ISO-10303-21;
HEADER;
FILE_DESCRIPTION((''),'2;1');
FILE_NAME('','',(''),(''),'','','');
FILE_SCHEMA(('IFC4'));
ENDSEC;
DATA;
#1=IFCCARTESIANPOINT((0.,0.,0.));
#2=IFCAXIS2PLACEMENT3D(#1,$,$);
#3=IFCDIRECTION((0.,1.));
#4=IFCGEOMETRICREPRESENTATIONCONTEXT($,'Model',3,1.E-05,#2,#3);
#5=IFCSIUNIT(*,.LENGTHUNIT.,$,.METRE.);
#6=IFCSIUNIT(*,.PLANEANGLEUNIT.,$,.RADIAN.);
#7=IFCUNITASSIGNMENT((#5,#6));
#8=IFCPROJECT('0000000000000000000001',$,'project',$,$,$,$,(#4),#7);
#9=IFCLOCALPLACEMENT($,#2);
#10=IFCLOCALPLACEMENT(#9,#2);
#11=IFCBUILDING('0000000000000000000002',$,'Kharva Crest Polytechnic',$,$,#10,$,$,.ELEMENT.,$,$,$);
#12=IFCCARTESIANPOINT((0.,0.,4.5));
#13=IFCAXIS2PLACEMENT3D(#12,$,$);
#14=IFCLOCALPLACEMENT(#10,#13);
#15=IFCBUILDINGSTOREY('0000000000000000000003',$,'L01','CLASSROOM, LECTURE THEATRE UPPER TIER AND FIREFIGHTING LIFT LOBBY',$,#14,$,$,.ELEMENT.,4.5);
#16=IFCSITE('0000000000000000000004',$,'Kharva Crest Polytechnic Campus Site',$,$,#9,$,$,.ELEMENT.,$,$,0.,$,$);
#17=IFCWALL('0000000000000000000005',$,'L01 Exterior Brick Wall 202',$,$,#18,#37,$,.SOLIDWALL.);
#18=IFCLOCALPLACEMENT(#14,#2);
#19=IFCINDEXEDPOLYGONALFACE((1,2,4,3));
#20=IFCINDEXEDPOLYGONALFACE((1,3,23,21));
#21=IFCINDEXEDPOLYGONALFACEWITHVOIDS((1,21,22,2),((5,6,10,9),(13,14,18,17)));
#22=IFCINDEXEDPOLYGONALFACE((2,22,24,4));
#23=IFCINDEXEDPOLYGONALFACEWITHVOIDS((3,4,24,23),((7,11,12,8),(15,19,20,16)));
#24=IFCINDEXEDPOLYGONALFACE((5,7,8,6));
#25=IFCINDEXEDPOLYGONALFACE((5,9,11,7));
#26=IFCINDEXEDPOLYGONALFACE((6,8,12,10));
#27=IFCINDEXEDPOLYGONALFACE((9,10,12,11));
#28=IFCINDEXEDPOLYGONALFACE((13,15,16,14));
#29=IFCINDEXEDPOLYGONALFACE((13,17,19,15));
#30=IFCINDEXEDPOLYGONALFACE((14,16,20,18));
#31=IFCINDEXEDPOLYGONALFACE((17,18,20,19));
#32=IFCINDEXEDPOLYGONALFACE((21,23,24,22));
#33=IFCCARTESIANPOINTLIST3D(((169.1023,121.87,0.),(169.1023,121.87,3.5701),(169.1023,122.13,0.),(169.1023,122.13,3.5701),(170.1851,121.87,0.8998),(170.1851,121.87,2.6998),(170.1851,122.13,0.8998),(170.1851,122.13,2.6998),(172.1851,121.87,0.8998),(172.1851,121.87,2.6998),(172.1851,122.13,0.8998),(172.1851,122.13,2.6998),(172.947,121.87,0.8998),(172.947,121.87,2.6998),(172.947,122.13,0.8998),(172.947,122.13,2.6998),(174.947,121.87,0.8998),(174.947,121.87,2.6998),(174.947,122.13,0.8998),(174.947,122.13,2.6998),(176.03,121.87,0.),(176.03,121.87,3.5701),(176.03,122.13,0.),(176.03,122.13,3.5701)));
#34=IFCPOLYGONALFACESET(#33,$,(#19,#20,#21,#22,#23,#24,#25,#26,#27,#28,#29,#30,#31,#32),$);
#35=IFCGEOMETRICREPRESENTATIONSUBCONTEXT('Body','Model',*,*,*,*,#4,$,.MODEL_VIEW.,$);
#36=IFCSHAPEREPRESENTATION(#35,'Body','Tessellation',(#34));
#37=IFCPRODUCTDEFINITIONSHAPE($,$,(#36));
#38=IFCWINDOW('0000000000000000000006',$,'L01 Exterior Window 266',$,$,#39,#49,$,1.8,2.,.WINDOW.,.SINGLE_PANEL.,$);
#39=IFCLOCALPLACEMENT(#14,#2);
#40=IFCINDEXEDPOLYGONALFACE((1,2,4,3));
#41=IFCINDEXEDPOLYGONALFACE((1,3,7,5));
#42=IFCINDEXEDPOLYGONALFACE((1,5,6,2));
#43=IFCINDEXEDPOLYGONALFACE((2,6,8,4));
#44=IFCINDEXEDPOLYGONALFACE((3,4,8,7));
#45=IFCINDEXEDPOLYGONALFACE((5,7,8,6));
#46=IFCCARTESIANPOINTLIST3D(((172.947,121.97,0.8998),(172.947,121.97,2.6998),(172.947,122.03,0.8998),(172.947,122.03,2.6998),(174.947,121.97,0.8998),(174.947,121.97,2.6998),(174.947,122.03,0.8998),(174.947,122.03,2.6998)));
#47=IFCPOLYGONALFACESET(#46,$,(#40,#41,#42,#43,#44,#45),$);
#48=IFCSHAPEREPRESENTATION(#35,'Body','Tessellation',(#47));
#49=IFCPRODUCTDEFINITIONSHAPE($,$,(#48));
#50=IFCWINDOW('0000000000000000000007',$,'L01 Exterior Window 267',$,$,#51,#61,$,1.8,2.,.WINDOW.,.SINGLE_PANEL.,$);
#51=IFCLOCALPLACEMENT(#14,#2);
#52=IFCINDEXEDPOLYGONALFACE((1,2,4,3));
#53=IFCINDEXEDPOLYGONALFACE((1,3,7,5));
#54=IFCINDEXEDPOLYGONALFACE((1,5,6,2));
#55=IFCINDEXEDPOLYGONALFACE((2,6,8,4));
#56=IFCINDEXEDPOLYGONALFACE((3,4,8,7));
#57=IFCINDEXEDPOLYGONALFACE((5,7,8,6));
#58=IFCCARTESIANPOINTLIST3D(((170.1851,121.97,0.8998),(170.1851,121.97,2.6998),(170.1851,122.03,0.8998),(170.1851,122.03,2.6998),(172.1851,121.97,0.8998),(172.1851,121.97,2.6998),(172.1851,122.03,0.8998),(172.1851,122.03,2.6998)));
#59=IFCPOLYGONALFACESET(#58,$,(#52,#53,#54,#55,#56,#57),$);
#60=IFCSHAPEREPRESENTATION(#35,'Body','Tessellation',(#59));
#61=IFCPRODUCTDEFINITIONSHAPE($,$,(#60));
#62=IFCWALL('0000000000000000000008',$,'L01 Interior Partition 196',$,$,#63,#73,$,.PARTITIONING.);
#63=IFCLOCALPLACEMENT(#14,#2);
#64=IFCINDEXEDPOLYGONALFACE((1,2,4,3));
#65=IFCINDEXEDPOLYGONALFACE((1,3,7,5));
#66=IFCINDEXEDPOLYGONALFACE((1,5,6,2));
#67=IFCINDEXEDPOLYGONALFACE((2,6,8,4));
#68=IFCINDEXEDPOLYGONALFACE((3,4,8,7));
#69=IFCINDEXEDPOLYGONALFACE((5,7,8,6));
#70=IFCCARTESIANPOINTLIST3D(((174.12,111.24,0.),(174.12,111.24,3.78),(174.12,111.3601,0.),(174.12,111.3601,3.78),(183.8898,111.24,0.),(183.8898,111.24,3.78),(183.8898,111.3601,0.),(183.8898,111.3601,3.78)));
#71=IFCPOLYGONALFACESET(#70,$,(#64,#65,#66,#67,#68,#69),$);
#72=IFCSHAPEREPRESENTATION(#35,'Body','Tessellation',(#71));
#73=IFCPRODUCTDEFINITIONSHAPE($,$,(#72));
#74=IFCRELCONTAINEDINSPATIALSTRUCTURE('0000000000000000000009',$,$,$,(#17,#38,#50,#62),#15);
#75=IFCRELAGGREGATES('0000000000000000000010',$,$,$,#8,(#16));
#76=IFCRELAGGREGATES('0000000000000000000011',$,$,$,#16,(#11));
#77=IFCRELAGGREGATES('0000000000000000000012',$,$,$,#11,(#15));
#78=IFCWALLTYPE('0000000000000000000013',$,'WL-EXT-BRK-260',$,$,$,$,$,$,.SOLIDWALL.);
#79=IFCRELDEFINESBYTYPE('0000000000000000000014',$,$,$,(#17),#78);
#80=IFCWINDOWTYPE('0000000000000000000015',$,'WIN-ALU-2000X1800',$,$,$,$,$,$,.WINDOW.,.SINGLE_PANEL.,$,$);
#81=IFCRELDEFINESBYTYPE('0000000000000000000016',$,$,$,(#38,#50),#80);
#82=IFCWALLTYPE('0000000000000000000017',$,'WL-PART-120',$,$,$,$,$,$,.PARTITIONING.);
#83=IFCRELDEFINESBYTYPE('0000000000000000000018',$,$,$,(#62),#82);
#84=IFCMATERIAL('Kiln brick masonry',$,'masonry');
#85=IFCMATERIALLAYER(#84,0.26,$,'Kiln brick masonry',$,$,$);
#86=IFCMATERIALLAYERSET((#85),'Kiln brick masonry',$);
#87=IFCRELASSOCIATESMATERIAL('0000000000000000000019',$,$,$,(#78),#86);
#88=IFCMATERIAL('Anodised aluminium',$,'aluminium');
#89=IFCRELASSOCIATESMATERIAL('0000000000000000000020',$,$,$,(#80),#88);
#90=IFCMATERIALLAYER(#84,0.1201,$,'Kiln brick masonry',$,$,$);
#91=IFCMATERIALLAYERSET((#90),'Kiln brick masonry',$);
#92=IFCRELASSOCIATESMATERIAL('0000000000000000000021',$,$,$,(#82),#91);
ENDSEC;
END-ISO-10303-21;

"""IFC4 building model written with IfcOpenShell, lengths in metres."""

from ifc_helpers import new_model, si_unit, direction, frame, frame_2d, origin, place, context, subcontext, project, spatial, rectangle, extrude, material, layer, layer_set, type_object, element, fill, save


model = new_model("IFC4")

# Units and contexts
model_context = context("Model", 3, precision=1e-05, world=origin(), true_north=direction((0.0, 1.0)))
body_context = subcontext(model_context, "Body", "Model", "MODEL_VIEW")
ifc_project = project(units=[si_unit("LENGTHUNIT", "METRE"), si_unit("PLANEANGLEUNIT", "RADIAN")], contexts=[model_context])

# Site, building, storey
site_placement = place(None, origin())
site = spatial("IfcSite", under=ifc_project, at=site_placement, Name="Kharva Crest Polytechnic Campus Site", CompositionType="ELEMENT", RefElevation=0.0)
building_placement = place(site_placement, origin())
building = spatial("IfcBuilding", under=site, at=building_placement, Name="Kharva Crest Polytechnic", CompositionType="ELEMENT")
storey_placement = place(building_placement, frame((0.0, 0.0, 4.5)))
storey = spatial("IfcBuildingStorey", under=building, at=storey_placement, Name="L01", Description="CLASSROOM, LECTURE THEATRE UPPER TIER AND FIREFIGHTING LIFT LOBBY", CompositionType="ELEMENT", Elevation=4.5)

# Wall, openings, windows
ifc_material_1 = material(Name="Kiln brick masonry", Category="masonry")
ifc_layer_1 = layer(ifc_material_1, 0.26, Name="Kiln brick masonry")
ifc_layer_set_1 = layer_set([ifc_layer_1], Name="Kiln brick masonry")
wall_type_1 = type_object("IfcWallType", Name="WL-EXT-BRK-260", PredefinedType="SOLIDWALL", material=ifc_layer_set_1)
wall_1_placement = place(storey_placement, frame((176.03, 122.0, 0.0), z_axis=(0.0, 0.0, 1.0), x_axis=(-1.0, 0.0, 0.0)))
wall_1 = element("IfcWall", 1, at=wall_1_placement, inside=storey, type_object=wall_type_1, Name="L01 Exterior Brick Wall 202", PredefinedType="SOLIDWALL", context=body_context, shape_type="SweptSolid", body=[
    extrude(rectangle(XDim=6.9277, YDim=0.26, at=frame_2d((3.4639, 0.0))), origin(), (0.0, 0.0, 1.0), 3.5701),
])
opening_1_placement = place(wall_1_placement, frame((1.083, 0.0, 0.8999)))
opening_1 = element("IfcOpeningElement", 2, at=opening_1_placement, cuts=wall_1, PredefinedType="OPENING", context=body_context, shape_type="SweptSolid", body=[
    extrude(rectangle(XDim=2.0, YDim=1.8, at=frame_2d((1.0, 0.8999))), frame((0.0, 0.1399, 0.0), z_axis=(0.0, -1.0, 0.0), x_axis=(1.0, 0.0, 0.0)), (0.0, 0.0, 1.0), 0.28),
])
opening_2_placement = place(wall_1_placement, frame((3.845, 0.0, 0.8999)))
opening_2 = element("IfcOpeningElement", 3, at=opening_2_placement, cuts=wall_1, PredefinedType="OPENING", context=body_context, shape_type="SweptSolid", body=[
    extrude(rectangle(XDim=2.0, YDim=1.8, at=frame_2d((1.0, 0.8999))), frame((0.0, 0.1399, 0.0), z_axis=(0.0, -1.0, 0.0), x_axis=(1.0, 0.0, 0.0)), (0.0, 0.0, 1.0), 0.28),
])
ifc_material_2 = material(Name="Anodised aluminium", Category="aluminium")
window_type = type_object("IfcWindowType", Name="WIN-ALU-2000X1800", PartitioningType="SINGLE_PANEL", PredefinedType="WINDOW", material=ifc_material_2)
window_1_placement = place(opening_1_placement, origin())
window_1 = element("IfcWindow", 4, at=window_1_placement, inside=storey, type_object=window_type, Name="L01 Exterior Window 266", OverallHeight=1.8, OverallWidth=2.0, PartitioningType="SINGLE_PANEL", PredefinedType="WINDOW", context=body_context, shape_type="SweptSolid", body=[
    extrude(rectangle(XDim=2.0, YDim=1.8, at=frame_2d((1.0, 0.8999))), frame((0.0, 0.03, 0.0), z_axis=(0.0, -1.0, 0.0), x_axis=(1.0, 0.0, 0.0)), (0.0, 0.0, 1.0), 0.0601),
])
fill(opening_1, window_1)
window_2_placement = place(opening_2_placement, origin())
window_2 = element("IfcWindow", 5, at=window_2_placement, inside=storey, type_object=window_type, Name="L01 Exterior Window 267", OverallHeight=1.8, OverallWidth=2.0, PartitioningType="SINGLE_PANEL", PredefinedType="WINDOW", context=body_context, shape_type="SweptSolid", body=[
    extrude(rectangle(XDim=2.0, YDim=1.8, at=frame_2d((1.0, 0.8999))), frame((0.0, 0.03, 0.0), z_axis=(0.0, -1.0, 0.0), x_axis=(1.0, 0.0, 0.0)), (0.0, 0.0, 1.0), 0.0601),
])
fill(opening_2, window_2)

# Wall
ifc_layer_2 = layer(ifc_material_1, 0.1201, Name="Kiln brick masonry")
ifc_layer_set_2 = layer_set([ifc_layer_2], Name="Kiln brick masonry")
wall_type_2 = type_object("IfcWallType", Name="WL-PART-120", PredefinedType="PARTITIONING", material=ifc_layer_set_2)
wall_2_placement = place(storey_placement, frame((174.1201, 111.3, 0.0), z_axis=(0.0, 0.0, 1.0), x_axis=(1.0, 0.0, 0.0)))
element("IfcWall", 6, at=wall_2_placement, inside=storey, type_object=wall_type_2, Name="L01 Interior Partition 196", PredefinedType="PARTITIONING", context=body_context, shape_type="SweptSolid", body=[
    extrude(rectangle(XDim=9.7698, YDim=0.1201, at=frame_2d((4.8848, 0.0))), origin(), (0.0, 0.0, 1.0), 3.78),
])

save(model, "model.ifc")
